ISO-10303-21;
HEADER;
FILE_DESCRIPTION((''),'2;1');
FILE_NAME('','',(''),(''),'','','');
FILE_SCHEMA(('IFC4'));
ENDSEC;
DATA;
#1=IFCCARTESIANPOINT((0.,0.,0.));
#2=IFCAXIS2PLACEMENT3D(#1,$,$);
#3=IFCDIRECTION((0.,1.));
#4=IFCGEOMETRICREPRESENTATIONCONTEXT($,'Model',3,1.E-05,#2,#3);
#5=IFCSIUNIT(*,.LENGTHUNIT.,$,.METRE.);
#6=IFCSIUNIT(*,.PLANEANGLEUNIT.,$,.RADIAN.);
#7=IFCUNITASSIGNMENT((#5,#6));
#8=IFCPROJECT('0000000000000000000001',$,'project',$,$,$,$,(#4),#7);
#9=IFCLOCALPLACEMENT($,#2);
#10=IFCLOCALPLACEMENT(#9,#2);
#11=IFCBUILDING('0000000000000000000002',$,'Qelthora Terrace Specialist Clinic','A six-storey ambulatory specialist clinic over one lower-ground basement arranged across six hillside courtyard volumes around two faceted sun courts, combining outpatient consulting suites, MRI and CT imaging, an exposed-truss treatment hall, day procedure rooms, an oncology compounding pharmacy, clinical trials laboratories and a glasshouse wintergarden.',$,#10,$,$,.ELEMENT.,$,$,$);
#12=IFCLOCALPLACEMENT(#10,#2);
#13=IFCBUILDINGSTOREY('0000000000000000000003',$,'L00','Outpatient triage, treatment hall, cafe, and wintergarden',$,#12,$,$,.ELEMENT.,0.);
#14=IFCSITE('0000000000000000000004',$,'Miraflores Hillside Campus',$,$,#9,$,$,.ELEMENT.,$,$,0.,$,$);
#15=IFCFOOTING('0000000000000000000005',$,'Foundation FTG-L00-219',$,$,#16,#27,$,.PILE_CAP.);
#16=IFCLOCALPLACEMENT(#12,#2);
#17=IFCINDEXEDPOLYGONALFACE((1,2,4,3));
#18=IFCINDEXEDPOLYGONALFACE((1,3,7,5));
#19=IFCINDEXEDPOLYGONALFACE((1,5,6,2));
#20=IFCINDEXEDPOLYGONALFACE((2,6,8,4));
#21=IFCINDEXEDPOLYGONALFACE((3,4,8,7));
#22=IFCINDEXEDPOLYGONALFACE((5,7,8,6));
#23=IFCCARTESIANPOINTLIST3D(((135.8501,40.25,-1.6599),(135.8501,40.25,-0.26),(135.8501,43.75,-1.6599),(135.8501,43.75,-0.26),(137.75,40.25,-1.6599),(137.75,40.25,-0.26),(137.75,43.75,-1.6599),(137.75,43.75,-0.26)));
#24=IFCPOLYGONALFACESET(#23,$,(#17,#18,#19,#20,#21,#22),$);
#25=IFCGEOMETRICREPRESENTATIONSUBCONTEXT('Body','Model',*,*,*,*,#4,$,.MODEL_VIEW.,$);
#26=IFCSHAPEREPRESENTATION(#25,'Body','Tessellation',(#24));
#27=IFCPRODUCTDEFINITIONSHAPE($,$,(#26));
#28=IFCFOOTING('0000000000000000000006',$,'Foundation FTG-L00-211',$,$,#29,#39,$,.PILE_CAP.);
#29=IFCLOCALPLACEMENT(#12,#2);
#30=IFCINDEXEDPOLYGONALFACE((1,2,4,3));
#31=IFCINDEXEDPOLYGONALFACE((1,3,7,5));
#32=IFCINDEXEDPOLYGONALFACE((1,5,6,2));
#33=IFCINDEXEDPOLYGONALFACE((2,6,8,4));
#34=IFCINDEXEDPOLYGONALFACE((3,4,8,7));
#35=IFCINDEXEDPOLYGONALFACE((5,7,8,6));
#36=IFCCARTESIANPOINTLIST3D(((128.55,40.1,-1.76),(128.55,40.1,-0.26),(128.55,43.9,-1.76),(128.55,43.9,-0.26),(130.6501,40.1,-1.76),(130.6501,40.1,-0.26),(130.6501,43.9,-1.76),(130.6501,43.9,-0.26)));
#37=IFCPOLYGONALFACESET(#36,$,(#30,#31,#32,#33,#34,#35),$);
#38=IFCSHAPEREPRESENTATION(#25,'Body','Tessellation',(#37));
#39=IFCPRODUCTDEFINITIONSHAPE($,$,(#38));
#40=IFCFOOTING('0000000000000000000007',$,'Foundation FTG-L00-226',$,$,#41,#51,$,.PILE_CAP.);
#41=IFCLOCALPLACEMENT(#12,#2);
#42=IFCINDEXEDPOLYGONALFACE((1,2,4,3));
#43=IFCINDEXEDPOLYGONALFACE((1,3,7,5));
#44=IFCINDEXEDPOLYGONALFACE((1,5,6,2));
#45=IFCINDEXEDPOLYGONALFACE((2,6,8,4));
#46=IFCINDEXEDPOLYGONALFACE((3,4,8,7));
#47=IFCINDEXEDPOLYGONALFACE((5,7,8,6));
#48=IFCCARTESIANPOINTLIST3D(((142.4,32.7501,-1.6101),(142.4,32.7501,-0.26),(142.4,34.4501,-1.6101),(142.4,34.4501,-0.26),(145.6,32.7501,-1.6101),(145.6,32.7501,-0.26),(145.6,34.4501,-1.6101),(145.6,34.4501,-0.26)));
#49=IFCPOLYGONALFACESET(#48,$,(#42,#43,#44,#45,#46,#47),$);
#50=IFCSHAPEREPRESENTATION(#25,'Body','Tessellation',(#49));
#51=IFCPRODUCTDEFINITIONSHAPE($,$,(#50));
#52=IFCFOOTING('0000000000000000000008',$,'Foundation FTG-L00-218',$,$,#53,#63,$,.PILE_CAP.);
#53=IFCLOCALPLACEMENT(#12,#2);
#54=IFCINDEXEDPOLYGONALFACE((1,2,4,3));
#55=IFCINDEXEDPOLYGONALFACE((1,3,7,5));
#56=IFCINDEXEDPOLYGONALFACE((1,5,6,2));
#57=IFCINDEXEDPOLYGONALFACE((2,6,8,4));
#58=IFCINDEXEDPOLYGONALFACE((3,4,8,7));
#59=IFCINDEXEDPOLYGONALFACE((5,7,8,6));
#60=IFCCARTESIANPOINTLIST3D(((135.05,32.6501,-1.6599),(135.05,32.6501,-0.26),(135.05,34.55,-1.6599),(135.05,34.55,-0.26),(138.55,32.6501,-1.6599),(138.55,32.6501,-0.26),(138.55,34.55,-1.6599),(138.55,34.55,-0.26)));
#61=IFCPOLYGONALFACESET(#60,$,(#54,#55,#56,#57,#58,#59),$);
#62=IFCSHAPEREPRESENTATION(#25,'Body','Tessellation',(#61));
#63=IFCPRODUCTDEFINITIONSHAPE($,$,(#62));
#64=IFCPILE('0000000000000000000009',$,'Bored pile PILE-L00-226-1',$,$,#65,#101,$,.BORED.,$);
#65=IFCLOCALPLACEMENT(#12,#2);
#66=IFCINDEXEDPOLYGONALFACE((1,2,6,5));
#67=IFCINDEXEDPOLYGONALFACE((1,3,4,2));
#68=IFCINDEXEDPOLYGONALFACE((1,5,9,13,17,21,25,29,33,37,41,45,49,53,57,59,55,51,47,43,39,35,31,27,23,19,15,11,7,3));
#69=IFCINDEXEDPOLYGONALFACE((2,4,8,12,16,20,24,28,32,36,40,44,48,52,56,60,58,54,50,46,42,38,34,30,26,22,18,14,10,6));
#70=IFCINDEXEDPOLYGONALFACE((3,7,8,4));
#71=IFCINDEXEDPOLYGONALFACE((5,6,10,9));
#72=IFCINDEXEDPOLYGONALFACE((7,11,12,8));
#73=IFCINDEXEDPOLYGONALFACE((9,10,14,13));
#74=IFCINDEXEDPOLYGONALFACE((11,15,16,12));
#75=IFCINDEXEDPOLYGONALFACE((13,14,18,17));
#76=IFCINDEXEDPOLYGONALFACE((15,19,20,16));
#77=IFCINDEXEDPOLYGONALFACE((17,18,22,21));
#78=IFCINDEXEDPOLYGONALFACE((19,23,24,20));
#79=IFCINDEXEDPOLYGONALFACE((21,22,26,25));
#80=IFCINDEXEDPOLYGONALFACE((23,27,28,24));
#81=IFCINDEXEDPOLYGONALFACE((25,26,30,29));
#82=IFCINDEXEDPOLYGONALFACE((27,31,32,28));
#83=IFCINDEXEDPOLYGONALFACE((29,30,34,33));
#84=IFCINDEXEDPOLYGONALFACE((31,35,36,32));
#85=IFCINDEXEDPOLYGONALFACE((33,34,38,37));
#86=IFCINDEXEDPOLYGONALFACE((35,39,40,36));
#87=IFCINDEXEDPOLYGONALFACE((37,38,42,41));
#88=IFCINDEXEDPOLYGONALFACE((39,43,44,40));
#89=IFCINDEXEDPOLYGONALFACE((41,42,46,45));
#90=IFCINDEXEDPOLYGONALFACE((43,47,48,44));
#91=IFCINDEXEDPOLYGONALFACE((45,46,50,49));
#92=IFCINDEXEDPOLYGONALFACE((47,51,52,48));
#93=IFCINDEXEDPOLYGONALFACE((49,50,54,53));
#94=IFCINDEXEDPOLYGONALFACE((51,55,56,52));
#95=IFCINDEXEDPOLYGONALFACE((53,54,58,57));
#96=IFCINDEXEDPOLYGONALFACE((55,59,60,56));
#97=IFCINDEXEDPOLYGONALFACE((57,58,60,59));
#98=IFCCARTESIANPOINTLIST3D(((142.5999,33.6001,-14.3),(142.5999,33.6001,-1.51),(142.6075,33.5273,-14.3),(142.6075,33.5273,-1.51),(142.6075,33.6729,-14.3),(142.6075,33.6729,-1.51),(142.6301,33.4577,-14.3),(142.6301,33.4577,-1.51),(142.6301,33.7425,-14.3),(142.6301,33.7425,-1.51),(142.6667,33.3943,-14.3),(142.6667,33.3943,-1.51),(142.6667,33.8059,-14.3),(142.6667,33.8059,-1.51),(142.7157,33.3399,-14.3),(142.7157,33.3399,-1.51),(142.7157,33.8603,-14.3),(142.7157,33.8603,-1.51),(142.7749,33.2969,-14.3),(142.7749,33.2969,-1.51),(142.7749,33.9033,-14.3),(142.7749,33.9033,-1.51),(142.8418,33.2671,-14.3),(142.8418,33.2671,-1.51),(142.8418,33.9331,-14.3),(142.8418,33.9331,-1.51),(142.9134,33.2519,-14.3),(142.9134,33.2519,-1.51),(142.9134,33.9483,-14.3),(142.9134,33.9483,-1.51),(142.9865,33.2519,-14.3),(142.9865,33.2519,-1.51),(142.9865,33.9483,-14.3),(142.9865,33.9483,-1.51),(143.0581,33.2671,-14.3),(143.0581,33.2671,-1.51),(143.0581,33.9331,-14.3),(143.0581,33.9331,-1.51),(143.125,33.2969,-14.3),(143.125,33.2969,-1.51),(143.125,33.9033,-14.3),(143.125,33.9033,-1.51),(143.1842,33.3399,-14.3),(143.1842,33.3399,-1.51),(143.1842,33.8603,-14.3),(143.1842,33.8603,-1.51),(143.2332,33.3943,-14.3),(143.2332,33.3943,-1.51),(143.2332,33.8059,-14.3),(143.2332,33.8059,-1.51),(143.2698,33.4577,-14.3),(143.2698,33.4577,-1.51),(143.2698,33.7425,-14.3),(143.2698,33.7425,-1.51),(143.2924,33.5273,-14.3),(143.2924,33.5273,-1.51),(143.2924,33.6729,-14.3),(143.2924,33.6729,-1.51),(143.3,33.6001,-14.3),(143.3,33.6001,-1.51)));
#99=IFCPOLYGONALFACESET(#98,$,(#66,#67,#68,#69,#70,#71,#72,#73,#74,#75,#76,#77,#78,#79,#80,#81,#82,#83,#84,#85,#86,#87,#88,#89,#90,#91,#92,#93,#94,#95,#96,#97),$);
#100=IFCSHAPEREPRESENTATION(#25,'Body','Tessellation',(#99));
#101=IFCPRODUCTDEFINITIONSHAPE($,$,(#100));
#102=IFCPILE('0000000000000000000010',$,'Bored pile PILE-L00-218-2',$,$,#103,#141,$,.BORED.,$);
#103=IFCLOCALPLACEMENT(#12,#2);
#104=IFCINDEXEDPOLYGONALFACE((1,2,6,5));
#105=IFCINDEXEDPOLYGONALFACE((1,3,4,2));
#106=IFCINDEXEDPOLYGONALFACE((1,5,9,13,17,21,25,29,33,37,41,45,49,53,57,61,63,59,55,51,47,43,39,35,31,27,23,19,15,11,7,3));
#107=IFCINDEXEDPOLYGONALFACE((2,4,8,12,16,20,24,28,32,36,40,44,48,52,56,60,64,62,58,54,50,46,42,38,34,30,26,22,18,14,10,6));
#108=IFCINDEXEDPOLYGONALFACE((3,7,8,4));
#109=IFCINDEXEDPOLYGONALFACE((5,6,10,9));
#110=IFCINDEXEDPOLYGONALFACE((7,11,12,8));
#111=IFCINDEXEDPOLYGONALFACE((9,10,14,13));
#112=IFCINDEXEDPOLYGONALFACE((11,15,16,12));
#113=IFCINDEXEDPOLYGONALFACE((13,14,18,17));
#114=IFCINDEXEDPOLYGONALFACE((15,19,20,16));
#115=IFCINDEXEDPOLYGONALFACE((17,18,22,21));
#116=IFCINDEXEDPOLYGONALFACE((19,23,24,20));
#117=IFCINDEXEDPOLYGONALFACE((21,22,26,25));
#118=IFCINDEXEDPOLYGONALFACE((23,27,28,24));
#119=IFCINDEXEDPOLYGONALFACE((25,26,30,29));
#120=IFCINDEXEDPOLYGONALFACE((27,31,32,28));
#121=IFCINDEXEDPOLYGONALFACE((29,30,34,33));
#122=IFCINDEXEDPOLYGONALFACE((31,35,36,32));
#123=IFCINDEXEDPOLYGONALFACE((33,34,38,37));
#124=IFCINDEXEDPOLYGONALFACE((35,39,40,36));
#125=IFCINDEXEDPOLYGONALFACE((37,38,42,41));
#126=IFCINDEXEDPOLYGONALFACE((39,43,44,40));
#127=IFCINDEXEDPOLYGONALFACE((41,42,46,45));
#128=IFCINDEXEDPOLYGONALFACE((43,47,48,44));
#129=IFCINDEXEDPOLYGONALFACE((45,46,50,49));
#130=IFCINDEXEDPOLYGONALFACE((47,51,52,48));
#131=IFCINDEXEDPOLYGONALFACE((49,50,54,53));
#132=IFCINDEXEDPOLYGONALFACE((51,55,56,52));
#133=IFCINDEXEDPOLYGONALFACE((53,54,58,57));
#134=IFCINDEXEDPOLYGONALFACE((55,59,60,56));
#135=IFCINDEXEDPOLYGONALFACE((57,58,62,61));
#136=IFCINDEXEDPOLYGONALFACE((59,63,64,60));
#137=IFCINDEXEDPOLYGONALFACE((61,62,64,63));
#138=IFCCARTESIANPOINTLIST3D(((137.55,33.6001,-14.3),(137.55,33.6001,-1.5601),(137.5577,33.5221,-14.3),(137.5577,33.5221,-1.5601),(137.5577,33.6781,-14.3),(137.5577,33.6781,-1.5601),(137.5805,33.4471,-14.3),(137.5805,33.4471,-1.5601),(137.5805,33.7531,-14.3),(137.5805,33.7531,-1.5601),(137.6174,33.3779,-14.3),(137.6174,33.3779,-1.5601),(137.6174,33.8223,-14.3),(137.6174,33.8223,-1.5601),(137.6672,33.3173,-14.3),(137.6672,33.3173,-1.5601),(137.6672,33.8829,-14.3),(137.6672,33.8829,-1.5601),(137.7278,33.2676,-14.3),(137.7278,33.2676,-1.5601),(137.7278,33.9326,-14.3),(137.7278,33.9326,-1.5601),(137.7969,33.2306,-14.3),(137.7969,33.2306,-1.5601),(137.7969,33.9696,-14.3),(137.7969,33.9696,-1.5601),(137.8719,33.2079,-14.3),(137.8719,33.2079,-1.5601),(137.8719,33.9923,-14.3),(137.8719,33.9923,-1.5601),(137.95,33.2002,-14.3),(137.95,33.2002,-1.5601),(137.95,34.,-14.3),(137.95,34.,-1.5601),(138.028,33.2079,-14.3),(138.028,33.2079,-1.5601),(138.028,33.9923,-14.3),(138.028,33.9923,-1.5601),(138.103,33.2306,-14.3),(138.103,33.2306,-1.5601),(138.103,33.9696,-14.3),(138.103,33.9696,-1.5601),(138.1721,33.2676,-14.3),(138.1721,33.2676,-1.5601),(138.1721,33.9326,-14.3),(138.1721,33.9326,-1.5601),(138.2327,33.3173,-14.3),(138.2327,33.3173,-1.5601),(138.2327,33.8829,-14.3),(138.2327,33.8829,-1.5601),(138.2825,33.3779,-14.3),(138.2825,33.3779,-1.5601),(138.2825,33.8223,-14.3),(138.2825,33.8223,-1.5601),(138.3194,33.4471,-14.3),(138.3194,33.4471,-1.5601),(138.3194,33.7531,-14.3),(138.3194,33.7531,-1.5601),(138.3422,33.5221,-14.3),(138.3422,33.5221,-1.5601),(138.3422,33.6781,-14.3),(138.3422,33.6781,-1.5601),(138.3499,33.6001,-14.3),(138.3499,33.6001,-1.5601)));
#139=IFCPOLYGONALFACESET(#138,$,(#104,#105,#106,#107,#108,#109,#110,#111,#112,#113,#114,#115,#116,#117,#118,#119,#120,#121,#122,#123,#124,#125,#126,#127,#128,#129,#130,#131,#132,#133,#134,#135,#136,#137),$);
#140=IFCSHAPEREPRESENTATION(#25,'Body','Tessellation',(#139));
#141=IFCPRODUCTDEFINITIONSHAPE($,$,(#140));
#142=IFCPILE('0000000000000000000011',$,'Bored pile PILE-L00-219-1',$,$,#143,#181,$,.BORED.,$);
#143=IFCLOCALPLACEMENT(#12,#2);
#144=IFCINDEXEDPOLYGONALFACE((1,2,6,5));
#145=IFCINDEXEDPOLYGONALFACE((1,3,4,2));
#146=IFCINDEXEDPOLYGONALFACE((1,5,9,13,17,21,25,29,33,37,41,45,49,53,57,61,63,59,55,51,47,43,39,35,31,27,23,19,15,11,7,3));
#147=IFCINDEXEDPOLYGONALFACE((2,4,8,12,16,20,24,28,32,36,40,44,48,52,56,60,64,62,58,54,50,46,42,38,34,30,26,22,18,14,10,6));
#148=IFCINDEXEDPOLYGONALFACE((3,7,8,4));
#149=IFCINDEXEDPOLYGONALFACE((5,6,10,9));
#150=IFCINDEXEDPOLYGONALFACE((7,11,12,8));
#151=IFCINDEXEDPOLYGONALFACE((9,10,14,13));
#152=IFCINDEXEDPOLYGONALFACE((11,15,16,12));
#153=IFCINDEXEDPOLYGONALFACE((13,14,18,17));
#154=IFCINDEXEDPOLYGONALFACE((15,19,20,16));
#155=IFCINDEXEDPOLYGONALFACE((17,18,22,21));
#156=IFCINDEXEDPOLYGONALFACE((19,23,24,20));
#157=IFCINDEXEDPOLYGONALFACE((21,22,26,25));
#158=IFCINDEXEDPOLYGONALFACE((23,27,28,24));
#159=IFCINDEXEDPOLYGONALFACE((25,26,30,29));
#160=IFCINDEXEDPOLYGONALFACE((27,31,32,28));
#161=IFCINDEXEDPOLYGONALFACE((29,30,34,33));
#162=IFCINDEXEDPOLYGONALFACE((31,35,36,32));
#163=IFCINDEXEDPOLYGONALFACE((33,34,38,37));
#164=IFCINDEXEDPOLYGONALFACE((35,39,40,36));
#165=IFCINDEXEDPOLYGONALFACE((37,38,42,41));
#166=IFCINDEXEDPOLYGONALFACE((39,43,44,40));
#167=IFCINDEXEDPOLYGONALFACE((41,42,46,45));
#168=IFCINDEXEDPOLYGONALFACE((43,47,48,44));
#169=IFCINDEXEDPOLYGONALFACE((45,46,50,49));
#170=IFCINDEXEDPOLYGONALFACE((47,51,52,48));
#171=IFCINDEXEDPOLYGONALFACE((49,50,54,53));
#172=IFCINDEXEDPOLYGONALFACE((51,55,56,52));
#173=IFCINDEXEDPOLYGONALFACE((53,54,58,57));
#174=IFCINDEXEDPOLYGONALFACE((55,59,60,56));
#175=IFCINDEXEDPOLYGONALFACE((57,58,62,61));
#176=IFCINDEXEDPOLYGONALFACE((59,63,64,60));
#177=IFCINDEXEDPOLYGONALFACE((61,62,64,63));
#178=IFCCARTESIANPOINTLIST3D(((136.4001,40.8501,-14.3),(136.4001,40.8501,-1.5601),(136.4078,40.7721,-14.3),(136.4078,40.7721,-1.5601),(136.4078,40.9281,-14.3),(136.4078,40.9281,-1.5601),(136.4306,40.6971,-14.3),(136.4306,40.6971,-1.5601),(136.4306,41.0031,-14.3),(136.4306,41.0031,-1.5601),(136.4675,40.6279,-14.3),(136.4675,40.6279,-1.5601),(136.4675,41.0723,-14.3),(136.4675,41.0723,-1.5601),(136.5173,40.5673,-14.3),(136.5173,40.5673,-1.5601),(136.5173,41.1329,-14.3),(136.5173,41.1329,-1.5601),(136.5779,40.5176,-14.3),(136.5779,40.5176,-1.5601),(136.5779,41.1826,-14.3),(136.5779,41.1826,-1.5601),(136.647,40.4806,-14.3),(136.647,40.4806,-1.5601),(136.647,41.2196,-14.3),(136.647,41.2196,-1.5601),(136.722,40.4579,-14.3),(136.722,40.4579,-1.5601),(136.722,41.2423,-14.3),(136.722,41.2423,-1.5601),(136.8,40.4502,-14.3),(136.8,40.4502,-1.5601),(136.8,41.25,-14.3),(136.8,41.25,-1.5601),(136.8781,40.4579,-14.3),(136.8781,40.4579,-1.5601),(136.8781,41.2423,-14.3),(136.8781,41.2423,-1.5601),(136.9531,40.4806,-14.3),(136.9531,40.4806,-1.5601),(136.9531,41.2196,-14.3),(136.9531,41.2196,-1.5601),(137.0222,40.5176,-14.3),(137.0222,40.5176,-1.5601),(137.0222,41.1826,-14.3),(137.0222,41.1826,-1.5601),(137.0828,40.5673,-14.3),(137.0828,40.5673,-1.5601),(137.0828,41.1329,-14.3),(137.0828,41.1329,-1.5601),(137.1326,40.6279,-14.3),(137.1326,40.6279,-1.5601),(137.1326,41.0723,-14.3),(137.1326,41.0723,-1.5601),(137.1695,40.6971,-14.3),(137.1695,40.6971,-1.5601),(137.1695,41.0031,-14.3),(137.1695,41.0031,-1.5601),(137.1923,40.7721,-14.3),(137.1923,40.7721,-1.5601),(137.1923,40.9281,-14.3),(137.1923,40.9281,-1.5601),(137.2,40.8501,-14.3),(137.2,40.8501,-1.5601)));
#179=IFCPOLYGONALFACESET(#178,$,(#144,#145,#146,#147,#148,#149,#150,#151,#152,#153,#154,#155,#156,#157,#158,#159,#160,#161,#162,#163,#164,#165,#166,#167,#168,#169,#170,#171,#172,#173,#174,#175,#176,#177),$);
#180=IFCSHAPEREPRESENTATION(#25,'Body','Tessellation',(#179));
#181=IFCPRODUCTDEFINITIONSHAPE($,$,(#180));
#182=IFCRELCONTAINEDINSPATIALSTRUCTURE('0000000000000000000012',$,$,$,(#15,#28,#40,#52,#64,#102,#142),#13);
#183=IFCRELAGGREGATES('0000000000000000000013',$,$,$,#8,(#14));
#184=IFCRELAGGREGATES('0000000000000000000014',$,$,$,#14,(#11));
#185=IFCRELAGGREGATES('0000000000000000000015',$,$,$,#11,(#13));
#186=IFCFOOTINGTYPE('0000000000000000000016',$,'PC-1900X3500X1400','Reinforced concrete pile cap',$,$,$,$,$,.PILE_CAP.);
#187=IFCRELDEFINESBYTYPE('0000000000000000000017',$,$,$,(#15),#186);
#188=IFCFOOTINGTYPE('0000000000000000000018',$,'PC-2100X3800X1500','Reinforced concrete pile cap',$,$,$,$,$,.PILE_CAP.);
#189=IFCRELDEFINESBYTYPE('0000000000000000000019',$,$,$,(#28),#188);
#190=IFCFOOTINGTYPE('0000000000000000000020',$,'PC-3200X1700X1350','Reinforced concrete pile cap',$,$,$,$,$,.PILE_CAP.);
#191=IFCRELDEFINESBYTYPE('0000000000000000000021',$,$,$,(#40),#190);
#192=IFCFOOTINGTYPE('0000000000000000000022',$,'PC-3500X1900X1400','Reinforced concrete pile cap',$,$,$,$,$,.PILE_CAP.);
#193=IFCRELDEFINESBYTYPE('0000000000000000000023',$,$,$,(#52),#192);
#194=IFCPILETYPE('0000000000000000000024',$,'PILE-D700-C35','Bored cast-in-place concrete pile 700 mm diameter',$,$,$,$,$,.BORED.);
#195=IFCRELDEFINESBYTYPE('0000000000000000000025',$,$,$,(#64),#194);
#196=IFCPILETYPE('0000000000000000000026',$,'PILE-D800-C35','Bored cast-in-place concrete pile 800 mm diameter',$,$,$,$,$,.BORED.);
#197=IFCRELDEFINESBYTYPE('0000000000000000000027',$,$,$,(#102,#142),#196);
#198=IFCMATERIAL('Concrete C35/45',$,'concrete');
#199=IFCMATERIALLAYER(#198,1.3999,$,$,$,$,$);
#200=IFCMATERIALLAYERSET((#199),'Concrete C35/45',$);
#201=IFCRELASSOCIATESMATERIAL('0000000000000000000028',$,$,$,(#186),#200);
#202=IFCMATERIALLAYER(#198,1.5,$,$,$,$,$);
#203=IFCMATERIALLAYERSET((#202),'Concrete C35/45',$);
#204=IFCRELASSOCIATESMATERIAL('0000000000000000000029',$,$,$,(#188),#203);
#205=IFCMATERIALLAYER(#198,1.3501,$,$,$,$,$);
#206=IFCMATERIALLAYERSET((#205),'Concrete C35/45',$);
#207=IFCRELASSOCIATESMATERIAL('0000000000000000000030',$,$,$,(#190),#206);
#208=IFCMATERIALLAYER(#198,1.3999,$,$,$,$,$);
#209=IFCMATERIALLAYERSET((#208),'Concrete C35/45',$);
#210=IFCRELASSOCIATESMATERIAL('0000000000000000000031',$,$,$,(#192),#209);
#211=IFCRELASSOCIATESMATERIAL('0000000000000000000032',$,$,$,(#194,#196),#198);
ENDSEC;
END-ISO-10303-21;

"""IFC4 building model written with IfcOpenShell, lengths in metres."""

from ifc_helpers import new_model, si_unit, direction, frame, origin, origin_2d, place, context, subcontext, project, spatial, rectangle, circle, extrude, material, layer, layer_set, material_profile, profile_set, type_object, element, save


model = new_model("IFC4")

# Units and contexts
model_context = context("Model", 3, precision=1e-05, world=origin(), true_north=direction((0.0, 1.0)))
body_context = subcontext(model_context, "Body", "Model", "MODEL_VIEW")
ifc_project = project(units=[si_unit("LENGTHUNIT", "METRE"), si_unit("PLANEANGLEUNIT", "RADIAN")], contexts=[model_context])

# Site, building, storey
site_placement = place(None, origin())
site = spatial("IfcSite", under=ifc_project, at=site_placement, Name="Miraflores Hillside Campus", CompositionType="ELEMENT", RefElevation=0.0)
building_placement = place(site_placement, origin())
building = spatial("IfcBuilding", under=site, at=building_placement, Name="Qelthora Terrace Specialist Clinic", Description="A six-storey ambulatory specialist clinic over one lower-ground basement arranged across six hillside courtyard volumes around two faceted sun courts, combining outpatient consulting suites, MRI and CT imaging, an exposed-truss treatment hall, day procedure rooms, an oncology compounding pharmacy, clinical trials laboratories and a glasshouse wintergarden.", CompositionType="ELEMENT")
storey_placement = place(building_placement, origin())
storey = spatial("IfcBuildingStorey", under=building, at=storey_placement, Name="L00", Description="Outpatient triage, treatment hall, cafe, and wintergarden", CompositionType="ELEMENT", Elevation=0.0)

# Footings
ifc_material_1 = material(Name="Concrete C35/45", Category="concrete")
ifc_layer_1 = layer(ifc_material_1, 1.3999)
ifc_layer_set_1 = layer_set([ifc_layer_1], Name="Concrete C35/45")
footing_type_1 = type_object("IfcFootingType", Name="PC-1900X3500X1400", Description="Reinforced concrete pile cap", PredefinedType="PILE_CAP", material=ifc_layer_set_1)
footing_1_placement = place(storey_placement, frame((136.8, 42.0, -1.6599), z_axis=(0.0, 0.0, 1.0), x_axis=(1.0, 0.0, 0.0)))
element("IfcFooting", 1, at=footing_1_placement, inside=storey, type_object=footing_type_1, Name="Foundation FTG-L00-219", PredefinedType="PILE_CAP", context=body_context, shape_type="SweptSolid", body=[
    extrude(rectangle(XDim=1.8999, YDim=3.5, at=origin_2d()), origin(), (0.0, 0.0, 1.0), 1.3999),
])
ifc_layer_2 = layer(ifc_material_1, 1.5)
ifc_layer_set_2 = layer_set([ifc_layer_2], Name="Concrete C35/45")
footing_type_2 = type_object("IfcFootingType", Name="PC-2100X3800X1500", Description="Reinforced concrete pile cap", PredefinedType="PILE_CAP", material=ifc_layer_set_2)
footing_2_placement = place(storey_placement, frame((129.6001, 42.0, -1.76), z_axis=(0.0, 0.0, 1.0), x_axis=(1.0, 0.0, 0.0)))
element("IfcFooting", 2, at=footing_2_placement, inside=storey, type_object=footing_type_2, Name="Foundation FTG-L00-211", PredefinedType="PILE_CAP", context=body_context, shape_type="SweptSolid", body=[
    extrude(rectangle(XDim=2.1001, YDim=3.8, at=origin_2d()), origin(), (0.0, 0.0, 1.0), 1.5),
])
ifc_layer_3 = layer(ifc_material_1, 1.3501)
ifc_layer_set_3 = layer_set([ifc_layer_3], Name="Concrete C35/45")
footing_type_3 = type_object("IfcFootingType", Name="PC-3200X1700X1350", Description="Reinforced concrete pile cap", PredefinedType="PILE_CAP", material=ifc_layer_set_3)
footing_3_placement = place(storey_placement, frame((144.0, 33.6001, -1.6101), z_axis=(0.0, 0.0, 1.0), x_axis=(1.0, 0.0, 0.0)))
element("IfcFooting", 3, at=footing_3_placement, inside=storey, type_object=footing_type_3, Name="Foundation FTG-L00-226", PredefinedType="PILE_CAP", context=body_context, shape_type="SweptSolid", body=[
    extrude(rectangle(XDim=3.2, YDim=1.7, at=origin_2d()), origin(), (0.0, 0.0, 1.0), 1.3501),
])
ifc_layer_4 = layer(ifc_material_1, 1.3999)
ifc_layer_set_4 = layer_set([ifc_layer_4], Name="Concrete C35/45")
footing_type_4 = type_object("IfcFootingType", Name="PC-3500X1900X1400", Description="Reinforced concrete pile cap", PredefinedType="PILE_CAP", material=ifc_layer_set_4)
footing_4_placement = place(storey_placement, frame((136.8, 33.6001, -1.6599), z_axis=(0.0, 0.0, 1.0), x_axis=(1.0, 0.0, 0.0)))
element("IfcFooting", 4, at=footing_4_placement, inside=storey, type_object=footing_type_4, Name="Foundation FTG-L00-218", PredefinedType="PILE_CAP", context=body_context, shape_type="SweptSolid", body=[
    extrude(rectangle(XDim=3.5, YDim=1.8999, at=origin_2d()), origin(), (0.0, 0.0, 1.0), 1.3999),
])

# Piles
ifc_material_profile_1 = material_profile(ifc_material_1, circle(Radius=0.3501, at=origin_2d()), Name="PILE700")
ifc_profile_set_1 = profile_set([ifc_material_profile_1], Name="Concrete C35/45")
pile_type_1 = type_object("IfcPileType", Name="PILE-D700-C35", Description="Bored cast-in-place concrete pile 700 mm diameter", PredefinedType="BORED", material=ifc_profile_set_1)
pile_placement = place(storey_placement, frame((142.95, 33.6001, -1.51), z_axis=(0.0, 0.0, -1.0), x_axis=(1.0, 0.0, 0.0)))
element("IfcPile", 5, at=pile_placement, inside=storey, type_object=pile_type_1, Name="Bored pile PILE-L00-226-1", PredefinedType="BORED", context=body_context, shape_type="SweptSolid", body=[
    extrude(circle(Radius=0.3501, at=origin_2d()), origin(), (0.0, 0.0, 1.0), 12.79),
])
ifc_material_profile_2 = material_profile(ifc_material_1, circle(Radius=0.3999, at=origin_2d()), Name="PILE800")
ifc_profile_set_2 = profile_set([ifc_material_profile_2], Name="Concrete C35/45")
pile_type_2 = type_object("IfcPileType", Name="PILE-D800-C35", Description="Bored cast-in-place concrete pile 800 mm diameter", PredefinedType="BORED", material=ifc_profile_set_2)
for number, where, z_axis, x_axis, name in (
    (6, (137.95, 33.6001, -1.5601), (0.0, 0.0, -1.0), (1.0, 0.0, 0.0), "Bored pile PILE-L00-218-2"),
    (7, (136.8, 40.8501, -1.5601), (0.0, 0.0, -1.0), (1.0, 0.0, 0.0), "Bored pile PILE-L00-219-1"),
):
    element("IfcPile", number, at=place(storey_placement, frame(where, z_axis=z_axis, x_axis=x_axis)), inside=storey, type_object=pile_type_2, Name=name, PredefinedType="BORED", context=body_context, shape_type="SweptSolid", body=[
        extrude(circle(Radius=0.3999, at=origin_2d()), origin(), (0.0, 0.0, 1.0), 12.74),
    ])

save(model, "model.ifc")
